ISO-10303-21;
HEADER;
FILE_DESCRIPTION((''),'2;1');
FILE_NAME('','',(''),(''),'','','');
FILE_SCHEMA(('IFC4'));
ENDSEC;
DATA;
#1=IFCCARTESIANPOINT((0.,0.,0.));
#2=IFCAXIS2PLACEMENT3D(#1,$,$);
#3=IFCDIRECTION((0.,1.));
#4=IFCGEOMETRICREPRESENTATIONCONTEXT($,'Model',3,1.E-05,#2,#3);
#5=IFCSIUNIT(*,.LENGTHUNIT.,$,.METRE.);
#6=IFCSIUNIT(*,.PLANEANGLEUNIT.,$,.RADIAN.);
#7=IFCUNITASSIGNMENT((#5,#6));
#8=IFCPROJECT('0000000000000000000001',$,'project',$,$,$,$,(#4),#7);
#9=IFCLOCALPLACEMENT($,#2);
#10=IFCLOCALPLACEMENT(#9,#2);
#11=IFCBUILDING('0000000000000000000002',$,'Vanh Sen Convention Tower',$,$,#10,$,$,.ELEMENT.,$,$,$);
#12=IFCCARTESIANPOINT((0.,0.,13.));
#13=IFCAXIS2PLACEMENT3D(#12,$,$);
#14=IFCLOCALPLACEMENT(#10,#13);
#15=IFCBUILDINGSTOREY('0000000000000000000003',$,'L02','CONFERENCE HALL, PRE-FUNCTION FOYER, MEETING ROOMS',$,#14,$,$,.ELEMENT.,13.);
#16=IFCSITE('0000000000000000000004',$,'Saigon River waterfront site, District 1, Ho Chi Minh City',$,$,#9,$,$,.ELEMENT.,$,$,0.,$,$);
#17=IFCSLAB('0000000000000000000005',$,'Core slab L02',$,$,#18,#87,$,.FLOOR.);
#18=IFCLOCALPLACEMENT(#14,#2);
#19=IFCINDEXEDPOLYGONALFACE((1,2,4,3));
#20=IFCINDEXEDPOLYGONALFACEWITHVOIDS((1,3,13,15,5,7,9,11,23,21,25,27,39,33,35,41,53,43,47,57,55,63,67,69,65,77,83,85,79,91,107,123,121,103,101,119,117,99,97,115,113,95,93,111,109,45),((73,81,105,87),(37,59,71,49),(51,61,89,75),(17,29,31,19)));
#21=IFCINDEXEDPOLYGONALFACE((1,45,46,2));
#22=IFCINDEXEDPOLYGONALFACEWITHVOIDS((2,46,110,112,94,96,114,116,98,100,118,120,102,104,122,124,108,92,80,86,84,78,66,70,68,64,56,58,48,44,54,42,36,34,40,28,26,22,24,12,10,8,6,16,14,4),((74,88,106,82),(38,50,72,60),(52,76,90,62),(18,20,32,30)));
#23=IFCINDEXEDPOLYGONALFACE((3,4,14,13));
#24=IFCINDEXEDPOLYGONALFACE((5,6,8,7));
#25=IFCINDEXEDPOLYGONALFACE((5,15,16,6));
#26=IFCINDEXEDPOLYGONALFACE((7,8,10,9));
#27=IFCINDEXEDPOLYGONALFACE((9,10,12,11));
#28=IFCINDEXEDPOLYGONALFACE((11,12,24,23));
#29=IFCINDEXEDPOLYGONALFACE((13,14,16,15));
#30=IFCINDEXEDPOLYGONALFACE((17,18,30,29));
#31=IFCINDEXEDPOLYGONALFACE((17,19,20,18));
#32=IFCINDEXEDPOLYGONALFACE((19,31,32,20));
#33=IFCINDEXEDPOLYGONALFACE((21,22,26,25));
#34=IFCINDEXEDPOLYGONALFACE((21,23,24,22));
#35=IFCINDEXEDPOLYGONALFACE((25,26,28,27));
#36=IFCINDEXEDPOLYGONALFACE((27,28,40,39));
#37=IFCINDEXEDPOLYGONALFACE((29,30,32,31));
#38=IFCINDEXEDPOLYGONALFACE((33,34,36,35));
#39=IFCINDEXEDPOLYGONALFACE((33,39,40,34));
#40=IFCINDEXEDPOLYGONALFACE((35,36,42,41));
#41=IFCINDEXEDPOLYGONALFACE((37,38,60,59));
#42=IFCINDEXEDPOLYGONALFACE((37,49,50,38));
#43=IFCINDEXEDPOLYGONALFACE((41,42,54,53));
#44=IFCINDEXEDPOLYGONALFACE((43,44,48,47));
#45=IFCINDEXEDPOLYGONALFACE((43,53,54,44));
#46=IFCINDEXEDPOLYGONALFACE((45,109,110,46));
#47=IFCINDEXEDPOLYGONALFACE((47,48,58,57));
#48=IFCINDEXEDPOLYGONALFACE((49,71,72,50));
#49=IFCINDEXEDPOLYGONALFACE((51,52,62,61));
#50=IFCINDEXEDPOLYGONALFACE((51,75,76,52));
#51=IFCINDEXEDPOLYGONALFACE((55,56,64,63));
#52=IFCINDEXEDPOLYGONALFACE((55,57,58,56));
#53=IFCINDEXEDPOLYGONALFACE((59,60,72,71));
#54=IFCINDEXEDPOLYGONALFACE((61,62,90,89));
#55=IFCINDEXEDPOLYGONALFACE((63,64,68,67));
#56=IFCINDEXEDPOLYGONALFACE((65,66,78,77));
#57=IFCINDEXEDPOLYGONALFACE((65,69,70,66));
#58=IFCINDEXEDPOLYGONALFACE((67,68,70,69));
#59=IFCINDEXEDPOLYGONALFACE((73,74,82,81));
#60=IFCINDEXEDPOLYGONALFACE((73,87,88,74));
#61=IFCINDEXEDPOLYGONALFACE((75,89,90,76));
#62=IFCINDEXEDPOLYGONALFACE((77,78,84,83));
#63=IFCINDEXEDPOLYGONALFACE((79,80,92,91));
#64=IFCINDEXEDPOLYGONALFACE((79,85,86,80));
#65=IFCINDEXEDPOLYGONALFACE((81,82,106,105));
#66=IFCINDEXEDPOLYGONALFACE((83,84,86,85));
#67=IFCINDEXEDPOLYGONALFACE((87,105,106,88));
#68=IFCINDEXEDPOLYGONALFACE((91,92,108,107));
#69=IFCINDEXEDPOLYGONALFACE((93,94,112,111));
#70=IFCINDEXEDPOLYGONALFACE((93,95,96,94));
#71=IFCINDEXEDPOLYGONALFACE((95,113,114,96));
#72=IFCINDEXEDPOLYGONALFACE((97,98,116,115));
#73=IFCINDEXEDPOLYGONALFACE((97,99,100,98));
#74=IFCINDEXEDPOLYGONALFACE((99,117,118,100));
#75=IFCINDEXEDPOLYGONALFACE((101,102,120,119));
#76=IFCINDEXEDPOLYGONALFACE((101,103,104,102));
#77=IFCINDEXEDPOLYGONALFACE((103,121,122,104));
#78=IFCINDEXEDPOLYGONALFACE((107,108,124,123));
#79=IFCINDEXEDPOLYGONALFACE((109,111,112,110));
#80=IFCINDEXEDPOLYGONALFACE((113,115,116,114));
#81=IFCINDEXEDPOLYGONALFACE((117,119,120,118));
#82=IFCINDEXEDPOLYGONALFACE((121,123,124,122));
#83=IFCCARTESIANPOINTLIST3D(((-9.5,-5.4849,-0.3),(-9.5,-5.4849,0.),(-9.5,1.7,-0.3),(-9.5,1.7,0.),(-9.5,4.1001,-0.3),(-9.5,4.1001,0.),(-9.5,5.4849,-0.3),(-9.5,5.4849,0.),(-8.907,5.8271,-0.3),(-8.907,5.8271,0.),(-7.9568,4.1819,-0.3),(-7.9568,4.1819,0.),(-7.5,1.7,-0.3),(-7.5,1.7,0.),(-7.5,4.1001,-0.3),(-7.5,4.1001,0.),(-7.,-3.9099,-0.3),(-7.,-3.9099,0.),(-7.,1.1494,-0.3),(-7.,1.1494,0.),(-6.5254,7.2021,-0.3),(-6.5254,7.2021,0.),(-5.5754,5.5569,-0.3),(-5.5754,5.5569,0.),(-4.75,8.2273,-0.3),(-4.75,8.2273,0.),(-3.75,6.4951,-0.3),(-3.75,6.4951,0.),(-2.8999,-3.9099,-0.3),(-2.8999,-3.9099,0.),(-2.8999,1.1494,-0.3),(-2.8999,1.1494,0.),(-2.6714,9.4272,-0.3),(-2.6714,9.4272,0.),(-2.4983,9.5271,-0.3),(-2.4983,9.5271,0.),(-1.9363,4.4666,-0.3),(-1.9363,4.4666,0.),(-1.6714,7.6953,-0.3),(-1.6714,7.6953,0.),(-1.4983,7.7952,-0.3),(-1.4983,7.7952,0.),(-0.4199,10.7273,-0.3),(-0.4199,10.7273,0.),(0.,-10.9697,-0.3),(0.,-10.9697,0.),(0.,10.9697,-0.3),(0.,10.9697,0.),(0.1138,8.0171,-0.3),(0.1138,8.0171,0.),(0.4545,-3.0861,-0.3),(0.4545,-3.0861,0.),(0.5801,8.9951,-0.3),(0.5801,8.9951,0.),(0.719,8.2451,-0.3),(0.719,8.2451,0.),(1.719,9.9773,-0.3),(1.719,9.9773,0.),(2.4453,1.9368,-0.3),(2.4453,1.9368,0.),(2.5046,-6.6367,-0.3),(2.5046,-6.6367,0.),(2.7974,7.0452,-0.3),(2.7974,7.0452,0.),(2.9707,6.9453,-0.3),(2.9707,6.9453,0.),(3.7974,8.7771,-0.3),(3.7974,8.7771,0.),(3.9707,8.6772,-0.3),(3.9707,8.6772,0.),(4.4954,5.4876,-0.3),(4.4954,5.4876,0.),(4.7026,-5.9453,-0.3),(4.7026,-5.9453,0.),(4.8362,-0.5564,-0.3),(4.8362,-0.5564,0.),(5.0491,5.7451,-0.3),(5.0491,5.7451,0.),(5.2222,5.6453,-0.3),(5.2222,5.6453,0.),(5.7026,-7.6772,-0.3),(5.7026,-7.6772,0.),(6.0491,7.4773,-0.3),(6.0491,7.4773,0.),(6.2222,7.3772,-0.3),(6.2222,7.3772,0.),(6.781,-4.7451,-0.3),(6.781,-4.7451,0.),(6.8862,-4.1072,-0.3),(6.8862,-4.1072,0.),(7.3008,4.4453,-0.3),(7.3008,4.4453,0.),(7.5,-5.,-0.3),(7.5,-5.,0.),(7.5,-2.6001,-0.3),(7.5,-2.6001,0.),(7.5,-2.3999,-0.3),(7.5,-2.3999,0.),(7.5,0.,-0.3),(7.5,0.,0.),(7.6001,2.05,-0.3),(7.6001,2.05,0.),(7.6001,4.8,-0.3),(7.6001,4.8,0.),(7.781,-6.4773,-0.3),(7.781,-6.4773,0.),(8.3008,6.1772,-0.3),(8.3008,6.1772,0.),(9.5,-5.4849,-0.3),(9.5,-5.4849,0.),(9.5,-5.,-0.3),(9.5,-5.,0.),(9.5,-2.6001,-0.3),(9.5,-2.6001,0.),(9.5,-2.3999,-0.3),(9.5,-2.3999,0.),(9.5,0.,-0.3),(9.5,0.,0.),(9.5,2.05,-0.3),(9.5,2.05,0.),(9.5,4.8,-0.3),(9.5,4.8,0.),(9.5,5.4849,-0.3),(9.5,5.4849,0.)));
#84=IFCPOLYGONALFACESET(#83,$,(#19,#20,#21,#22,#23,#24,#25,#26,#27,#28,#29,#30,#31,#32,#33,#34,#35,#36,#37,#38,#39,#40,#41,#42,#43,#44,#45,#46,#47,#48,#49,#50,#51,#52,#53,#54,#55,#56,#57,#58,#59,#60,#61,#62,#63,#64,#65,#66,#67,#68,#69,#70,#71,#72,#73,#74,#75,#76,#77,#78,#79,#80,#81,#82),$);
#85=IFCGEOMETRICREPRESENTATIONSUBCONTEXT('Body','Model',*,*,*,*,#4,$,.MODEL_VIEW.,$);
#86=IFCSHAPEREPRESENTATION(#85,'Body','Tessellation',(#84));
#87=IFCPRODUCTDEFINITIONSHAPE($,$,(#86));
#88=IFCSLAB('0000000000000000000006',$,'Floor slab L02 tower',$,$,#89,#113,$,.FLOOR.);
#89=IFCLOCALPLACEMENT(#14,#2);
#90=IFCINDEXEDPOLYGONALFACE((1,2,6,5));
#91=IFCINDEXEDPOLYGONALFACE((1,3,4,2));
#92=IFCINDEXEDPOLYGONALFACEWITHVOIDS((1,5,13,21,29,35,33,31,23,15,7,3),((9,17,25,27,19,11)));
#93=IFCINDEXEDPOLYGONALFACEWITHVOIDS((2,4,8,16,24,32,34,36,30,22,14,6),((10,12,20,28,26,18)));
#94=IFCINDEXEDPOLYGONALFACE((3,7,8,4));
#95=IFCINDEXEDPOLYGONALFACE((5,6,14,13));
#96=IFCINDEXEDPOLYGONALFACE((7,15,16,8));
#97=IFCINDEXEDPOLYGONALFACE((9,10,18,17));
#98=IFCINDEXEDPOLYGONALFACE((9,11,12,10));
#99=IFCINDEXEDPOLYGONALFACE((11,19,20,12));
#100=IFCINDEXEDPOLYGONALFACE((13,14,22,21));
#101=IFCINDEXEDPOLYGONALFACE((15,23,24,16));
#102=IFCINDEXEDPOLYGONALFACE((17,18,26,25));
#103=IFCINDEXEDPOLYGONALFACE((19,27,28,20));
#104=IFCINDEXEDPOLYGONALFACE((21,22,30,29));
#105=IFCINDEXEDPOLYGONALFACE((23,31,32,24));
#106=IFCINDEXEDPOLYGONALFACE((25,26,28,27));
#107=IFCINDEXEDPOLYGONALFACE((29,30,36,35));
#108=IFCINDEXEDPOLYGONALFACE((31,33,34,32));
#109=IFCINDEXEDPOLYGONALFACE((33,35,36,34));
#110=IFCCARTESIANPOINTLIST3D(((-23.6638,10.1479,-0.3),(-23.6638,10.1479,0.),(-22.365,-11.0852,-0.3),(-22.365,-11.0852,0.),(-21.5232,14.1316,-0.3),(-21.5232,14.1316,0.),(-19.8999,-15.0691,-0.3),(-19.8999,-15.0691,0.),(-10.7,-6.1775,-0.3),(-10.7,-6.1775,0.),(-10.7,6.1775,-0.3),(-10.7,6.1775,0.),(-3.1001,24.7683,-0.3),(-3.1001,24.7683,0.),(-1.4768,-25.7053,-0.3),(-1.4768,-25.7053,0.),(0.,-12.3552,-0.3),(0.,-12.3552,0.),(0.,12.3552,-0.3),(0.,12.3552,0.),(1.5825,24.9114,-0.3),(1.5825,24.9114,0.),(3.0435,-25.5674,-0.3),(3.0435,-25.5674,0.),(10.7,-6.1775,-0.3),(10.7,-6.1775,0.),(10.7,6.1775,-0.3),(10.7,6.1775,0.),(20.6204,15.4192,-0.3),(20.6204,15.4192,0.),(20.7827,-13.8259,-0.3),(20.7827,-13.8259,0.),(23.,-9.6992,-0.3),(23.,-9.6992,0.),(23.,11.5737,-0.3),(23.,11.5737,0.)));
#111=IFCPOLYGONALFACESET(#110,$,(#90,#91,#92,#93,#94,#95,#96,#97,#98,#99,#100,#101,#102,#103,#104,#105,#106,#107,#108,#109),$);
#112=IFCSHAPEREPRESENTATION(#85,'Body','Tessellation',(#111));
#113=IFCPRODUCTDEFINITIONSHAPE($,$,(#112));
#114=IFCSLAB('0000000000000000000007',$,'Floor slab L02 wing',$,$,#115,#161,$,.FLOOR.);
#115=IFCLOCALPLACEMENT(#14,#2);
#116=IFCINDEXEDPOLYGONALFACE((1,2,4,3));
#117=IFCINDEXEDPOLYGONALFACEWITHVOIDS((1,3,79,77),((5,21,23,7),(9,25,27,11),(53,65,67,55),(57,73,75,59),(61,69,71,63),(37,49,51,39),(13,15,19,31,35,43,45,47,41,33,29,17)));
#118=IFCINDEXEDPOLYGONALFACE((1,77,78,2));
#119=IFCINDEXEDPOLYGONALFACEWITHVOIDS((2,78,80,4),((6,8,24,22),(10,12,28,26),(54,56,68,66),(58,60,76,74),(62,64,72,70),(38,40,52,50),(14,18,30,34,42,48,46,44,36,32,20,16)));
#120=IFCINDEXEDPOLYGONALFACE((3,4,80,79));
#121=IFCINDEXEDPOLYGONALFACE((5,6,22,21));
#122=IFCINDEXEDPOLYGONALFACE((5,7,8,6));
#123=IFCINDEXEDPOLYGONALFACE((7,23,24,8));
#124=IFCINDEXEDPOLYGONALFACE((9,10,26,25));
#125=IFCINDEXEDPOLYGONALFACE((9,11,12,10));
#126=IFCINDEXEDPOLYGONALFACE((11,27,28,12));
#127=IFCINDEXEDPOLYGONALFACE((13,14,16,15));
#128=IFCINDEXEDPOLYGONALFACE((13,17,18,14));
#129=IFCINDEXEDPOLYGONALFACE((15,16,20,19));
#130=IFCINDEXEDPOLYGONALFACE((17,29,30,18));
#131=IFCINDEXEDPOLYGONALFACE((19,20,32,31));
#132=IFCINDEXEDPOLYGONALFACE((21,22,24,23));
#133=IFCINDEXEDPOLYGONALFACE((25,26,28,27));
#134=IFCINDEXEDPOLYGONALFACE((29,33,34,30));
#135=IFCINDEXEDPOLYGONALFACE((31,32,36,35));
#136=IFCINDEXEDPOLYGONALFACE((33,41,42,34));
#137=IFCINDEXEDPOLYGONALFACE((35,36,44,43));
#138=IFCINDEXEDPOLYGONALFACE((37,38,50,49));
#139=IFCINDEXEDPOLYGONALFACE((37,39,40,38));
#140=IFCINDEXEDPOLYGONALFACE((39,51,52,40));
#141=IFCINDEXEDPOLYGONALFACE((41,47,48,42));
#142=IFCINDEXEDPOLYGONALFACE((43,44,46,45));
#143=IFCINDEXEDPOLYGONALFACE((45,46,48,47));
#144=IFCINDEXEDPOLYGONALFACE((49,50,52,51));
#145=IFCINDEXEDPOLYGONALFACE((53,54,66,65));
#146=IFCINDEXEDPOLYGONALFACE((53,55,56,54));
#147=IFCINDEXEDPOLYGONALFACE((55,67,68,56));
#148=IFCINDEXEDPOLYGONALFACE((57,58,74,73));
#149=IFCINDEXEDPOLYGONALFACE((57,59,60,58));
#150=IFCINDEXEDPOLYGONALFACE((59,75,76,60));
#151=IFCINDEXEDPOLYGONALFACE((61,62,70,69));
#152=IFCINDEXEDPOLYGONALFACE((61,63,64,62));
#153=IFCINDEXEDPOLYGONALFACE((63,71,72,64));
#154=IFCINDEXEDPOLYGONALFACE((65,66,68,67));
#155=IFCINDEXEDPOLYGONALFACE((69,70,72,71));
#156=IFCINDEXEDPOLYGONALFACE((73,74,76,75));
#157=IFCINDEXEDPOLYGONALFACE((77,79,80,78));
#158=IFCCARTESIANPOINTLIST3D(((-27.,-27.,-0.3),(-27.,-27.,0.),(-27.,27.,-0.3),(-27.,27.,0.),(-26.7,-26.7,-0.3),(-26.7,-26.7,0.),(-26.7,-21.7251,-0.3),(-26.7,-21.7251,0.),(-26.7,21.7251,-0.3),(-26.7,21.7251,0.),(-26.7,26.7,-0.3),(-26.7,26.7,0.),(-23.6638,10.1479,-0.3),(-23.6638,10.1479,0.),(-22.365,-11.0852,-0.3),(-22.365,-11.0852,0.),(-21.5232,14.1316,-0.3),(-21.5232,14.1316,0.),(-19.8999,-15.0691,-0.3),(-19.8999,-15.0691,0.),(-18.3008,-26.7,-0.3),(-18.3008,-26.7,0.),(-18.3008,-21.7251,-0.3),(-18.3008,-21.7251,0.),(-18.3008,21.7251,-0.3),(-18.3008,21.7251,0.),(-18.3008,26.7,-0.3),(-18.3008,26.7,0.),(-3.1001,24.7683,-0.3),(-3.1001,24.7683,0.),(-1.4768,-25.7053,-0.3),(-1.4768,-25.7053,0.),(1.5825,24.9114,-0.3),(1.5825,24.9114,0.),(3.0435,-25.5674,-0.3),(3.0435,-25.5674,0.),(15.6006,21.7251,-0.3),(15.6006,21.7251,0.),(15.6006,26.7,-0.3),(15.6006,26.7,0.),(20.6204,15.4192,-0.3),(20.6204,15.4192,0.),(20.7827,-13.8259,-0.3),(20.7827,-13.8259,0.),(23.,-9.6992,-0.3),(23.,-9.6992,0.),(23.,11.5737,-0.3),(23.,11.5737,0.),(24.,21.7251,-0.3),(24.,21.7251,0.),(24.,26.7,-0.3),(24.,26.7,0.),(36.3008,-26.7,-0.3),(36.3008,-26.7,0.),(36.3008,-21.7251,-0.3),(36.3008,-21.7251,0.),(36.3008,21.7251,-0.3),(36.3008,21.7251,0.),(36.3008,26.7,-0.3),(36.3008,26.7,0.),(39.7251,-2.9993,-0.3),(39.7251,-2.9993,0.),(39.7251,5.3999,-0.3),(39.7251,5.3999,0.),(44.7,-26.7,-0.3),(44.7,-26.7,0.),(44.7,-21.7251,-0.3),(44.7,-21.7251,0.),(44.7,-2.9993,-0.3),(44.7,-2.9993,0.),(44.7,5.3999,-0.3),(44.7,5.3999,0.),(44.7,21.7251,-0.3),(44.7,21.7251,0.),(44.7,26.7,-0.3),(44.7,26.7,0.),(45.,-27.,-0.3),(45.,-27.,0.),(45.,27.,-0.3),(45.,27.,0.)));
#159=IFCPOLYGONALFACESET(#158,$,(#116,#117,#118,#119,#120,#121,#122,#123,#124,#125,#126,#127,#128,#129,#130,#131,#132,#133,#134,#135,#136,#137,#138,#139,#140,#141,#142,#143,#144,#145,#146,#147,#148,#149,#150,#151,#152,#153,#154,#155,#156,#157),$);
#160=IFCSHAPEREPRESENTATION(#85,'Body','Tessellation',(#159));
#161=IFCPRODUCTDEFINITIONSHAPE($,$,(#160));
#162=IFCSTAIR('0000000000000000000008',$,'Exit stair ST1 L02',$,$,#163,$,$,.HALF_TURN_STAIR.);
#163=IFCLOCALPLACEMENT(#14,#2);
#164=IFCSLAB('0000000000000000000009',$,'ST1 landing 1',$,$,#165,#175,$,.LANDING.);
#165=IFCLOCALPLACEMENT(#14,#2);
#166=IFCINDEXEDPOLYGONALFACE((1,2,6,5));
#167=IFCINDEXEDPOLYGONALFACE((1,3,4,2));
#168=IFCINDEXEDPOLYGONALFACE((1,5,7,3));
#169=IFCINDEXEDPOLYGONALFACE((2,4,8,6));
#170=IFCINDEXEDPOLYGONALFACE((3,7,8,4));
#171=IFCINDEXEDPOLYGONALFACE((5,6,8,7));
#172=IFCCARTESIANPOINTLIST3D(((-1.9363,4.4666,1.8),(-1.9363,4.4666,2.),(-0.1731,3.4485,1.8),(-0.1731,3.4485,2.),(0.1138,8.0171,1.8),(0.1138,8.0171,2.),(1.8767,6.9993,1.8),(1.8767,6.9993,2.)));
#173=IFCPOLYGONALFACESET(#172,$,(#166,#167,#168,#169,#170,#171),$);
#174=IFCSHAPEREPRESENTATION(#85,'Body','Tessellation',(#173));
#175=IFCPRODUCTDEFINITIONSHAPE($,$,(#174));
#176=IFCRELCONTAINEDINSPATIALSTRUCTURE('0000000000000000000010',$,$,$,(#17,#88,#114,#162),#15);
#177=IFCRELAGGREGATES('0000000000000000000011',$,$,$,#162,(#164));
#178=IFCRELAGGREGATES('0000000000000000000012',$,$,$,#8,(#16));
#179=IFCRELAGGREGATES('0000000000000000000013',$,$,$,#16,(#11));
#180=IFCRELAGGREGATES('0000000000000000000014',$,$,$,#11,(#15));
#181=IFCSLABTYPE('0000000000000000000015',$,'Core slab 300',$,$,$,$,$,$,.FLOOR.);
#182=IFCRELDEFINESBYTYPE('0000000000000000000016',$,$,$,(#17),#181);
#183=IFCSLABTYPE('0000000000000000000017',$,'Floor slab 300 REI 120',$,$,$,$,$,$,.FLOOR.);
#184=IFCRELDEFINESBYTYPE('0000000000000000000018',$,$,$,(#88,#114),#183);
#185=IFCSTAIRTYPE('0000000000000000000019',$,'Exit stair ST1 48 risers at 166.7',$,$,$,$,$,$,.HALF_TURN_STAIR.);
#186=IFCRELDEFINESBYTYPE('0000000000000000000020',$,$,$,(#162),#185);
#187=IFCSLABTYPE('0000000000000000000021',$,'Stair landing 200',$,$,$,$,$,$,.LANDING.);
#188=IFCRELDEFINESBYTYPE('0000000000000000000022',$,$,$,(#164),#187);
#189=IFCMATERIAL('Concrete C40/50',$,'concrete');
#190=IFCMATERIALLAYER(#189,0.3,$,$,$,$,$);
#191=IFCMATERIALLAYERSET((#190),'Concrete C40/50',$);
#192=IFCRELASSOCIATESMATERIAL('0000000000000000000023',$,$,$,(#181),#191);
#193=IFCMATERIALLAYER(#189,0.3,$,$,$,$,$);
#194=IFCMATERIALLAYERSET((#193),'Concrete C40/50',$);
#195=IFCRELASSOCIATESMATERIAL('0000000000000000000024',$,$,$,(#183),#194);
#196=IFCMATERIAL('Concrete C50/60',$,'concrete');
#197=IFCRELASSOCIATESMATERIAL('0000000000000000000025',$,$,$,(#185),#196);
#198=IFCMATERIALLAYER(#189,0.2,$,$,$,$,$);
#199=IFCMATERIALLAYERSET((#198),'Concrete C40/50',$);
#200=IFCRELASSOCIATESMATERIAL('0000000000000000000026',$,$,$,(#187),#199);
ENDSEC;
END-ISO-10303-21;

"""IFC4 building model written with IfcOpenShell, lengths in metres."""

from ifc_helpers import new_model, si_unit, direction, frame, origin, place, context, subcontext, project, spatial, polyline, outline, extrude, material, layer, layer_set, type_object, element, aggregate, save


model = new_model("IFC4")

# Units and contexts
model_context = context("Model", 3, precision=1e-05, world=origin(), true_north=direction((0.0, 1.0)))
body_context = subcontext(model_context, "Body", "Model", "MODEL_VIEW")
ifc_project = project(units=[si_unit("LENGTHUNIT", "METRE"), si_unit("PLANEANGLEUNIT", "RADIAN")], contexts=[model_context])

# Site, building, storey
site_placement = place(None, origin())
site = spatial("IfcSite", under=ifc_project, at=site_placement, Name="Saigon River waterfront site, District 1, Ho Chi Minh City", CompositionType="ELEMENT", RefElevation=0.0)
building_placement = place(site_placement, origin())
building = spatial("IfcBuilding", under=site, at=building_placement, Name="Vanh Sen Convention Tower", CompositionType="ELEMENT")
storey_placement = place(building_placement, frame((0.0, 0.0, 13.0)))
storey = spatial("IfcBuildingStorey", under=building, at=storey_placement, Name="L02", Description="CONFERENCE HALL, PRE-FUNCTION FOYER, MEETING ROOMS", CompositionType="ELEMENT", Elevation=13.0)

# Slabs
ifc_material_1 = material(Name="Concrete C40/50", Category="concrete")
ifc_layer_1 = layer(ifc_material_1, 0.3)
ifc_layer_set_1 = layer_set([ifc_layer_1], Name="Concrete C40/50")
slab_type_1 = type_object("IfcSlabType", Name="Core slab 300", PredefinedType="FLOOR", material=ifc_layer_set_1)
slab_1_placement = place(storey_placement, frame((0.0, 0.0, -0.3)))
element("IfcSlab", 1, at=slab_1_placement, inside=storey, type_object=slab_type_1, Name="Core slab L02", PredefinedType="FLOOR", context=body_context, shape_type="SweptSolid", body=[
    extrude(outline(polyline([(9.5, 5.4849), (9.5, 4.8), (7.6001, 4.8), (7.6001, 2.05), (9.5, 2.05), (9.5, 0.0), (7.5, 0.0), (7.5, -2.3999), (9.5, -2.3999), (9.5, -2.6001), (7.5, -2.6001), (7.5, -5.0), (9.5, -5.0), (9.5, -5.4849), (0.0, -10.9697), (-9.5, -5.4849), (-9.5, 1.7), (-7.5, 1.7), (-7.5, 4.1001), (-9.5, 4.1001), (-9.5, 5.4849), (-8.907, 5.8271), (-7.9568, 4.1819), (-5.5754, 5.5569), (-6.5254, 7.2021), (-4.75, 8.2273), (-3.75, 6.4951), (-1.6714, 7.6953), (-2.6714, 9.4272), (-2.4983, 9.5271), (-1.4983, 7.7952), (0.5801, 8.9951), (-0.4199, 10.7273), (0.0, 10.9697), (1.719, 9.9773), (0.719, 8.2451), (2.7974, 7.0452), (3.7974, 8.7771), (3.9707, 8.6772), (2.9707, 6.9453), (5.0491, 5.7451), (6.0491, 7.4773), (6.2222, 7.3772), (5.2222, 5.6453), (7.3008, 4.4453), (8.3008, 6.1772), (9.5, 5.4849)]), holes=[polyline([(-7.0, 3.1499), (-7.0, -3.9099), (-2.8999, -3.9099), (-2.8999, 3.1499), (-2.8999, 1.1494), (-7.0, 1.1494), (-7.0, 3.1499)]), polyline([(4.4954, 5.4875), (6.228, 4.4873), (0.1138, 8.0171), (-1.9363, 4.4666), (2.4453, 1.9368), (4.4954, 5.4875)]), polyline([(7.781, -6.4773), (6.781, -4.7451), (4.7026, -5.9453), (5.7026, -7.6772), (7.781, -6.4773)]), polyline([(0.4546, -3.0862), (2.5046, -6.6367), (6.8862, -4.1072), (4.8362, -0.5564), (-1.2781, -4.0864), (0.4546, -3.0862)])]), origin(), (0.0, 0.0, 1.0), 0.3),
])
ifc_layer_2 = layer(ifc_material_1, 0.3)
ifc_layer_set_2 = layer_set([ifc_layer_2], Name="Concrete C40/50")
slab_type_2 = type_object("IfcSlabType", Name="Floor slab 300 REI 120", PredefinedType="FLOOR", material=ifc_layer_set_2)
slab_2_placement = place(storey_placement, frame((0.0, 0.0, -0.3)))
element("IfcSlab", 2, at=slab_2_placement, inside=storey, type_object=slab_type_2, Name="Floor slab L02 tower", PredefinedType="FLOOR", context=body_context, shape_type="SweptSolid", body=[
    extrude(outline(polyline([(-23.6638, 10.1479), (-22.365, -11.0852), (-19.8999, -15.0691), (-1.4768, -25.7053), (3.0435, -25.5674), (20.7827, -13.8259), (23.0, -9.6992), (23.0, 11.5737), (20.6204, 15.4192), (1.5825, 24.9114), (-3.1001, 24.7683), (-21.5232, 14.1316), (-23.6638, 10.1479)]), holes=[polyline([(0.0, 12.3552), (-10.7, 6.1775), (-10.7, -6.1775), (0.0, -12.3552), (10.7, -6.1775), (10.7, 6.1775), (0.0, 12.3552)])]), origin(), (0.0, 0.0, 1.0), 0.3),
])
slab_3_placement = place(storey_placement, frame((0.0, 0.0, -0.3)))
element("IfcSlab", 3, at=slab_3_placement, inside=storey, type_object=slab_type_2, Name="Floor slab L02 wing", PredefinedType="FLOOR", context=body_context, shape_type="SweptSolid", body=[
    extrude(outline(polyline([(45.0, 27.0), (-27.0, 27.0), (-27.0, -27.0), (45.0, -27.0), (45.0, 27.0)]), holes=[polyline([(-22.365, -11.0852), (-19.8999, -15.0691), (-1.4768, -25.7053), (3.0435, -25.5674), (20.7827, -13.8259), (23.0, -9.6992), (23.0, 11.5737), (20.6204, 15.4192), (1.5825, 24.9114), (-3.1001, 24.7683), (-21.5232, 14.1316), (-23.6638, 10.1479), (-22.365, -11.0852)]), polyline([(44.7, 26.7), (36.3008, 26.7), (36.3008, 21.7251), (44.7, 21.7251), (44.7, 26.7)]), polyline([(36.3008, -26.7), (44.7, -26.7), (44.7, -21.7251), (36.3008, -21.7251), (36.3008, -26.7)]), polyline([(39.7251, -2.9993), (44.7, -2.9993), (44.7, 5.3999), (39.7251, 5.3999), (39.7251, -2.9993)]), polyline([(15.6006, 26.7), (15.6006, 21.7251), (24.0, 21.7251), (24.0, 26.7), (15.6006, 26.7)]), polyline([(-26.7, 26.7), (-26.7, 21.7251), (-18.3008, 21.7251), (-18.3008, 26.7), (-26.7, 26.7)]), polyline([(-26.7, -21.7251), (-26.7, -26.7), (-18.3008, -26.7), (-18.3008, -21.7251), (-26.7, -21.7251)])]), origin(), (0.0, 0.0, 1.0), 0.3),
])

# Stair, slab
ifc_material_2 = material(Name="Concrete C50/60", Category="concrete")
stair_type_1 = type_object("IfcStairType", Name="Exit stair ST1 48 risers at 166.7", PredefinedType="HALF_TURN_STAIR", material=ifc_material_2)
stair_1_placement = place(storey_placement, origin())
stair_1 = element("IfcStair", 4, at=stair_1_placement, inside=storey, type_object=stair_type_1, Name="Exit stair ST1 L02", PredefinedType="HALF_TURN_STAIR")
ifc_layer_3 = layer(ifc_material_1, 0.2)
ifc_layer_set_3 = layer_set([ifc_layer_3], Name="Concrete C40/50")
slab_type_3 = type_object("IfcSlabType", Name="Stair landing 200", PredefinedType="LANDING", material=ifc_layer_set_3)
slab_4_placement = place(storey_placement, frame((0.0, 0.0, 1.8)))
slab_4 = element("IfcSlab", 5, at=slab_4_placement, type_object=slab_type_3, Name="ST1 landing 1", PredefinedType="LANDING", context=body_context, shape_type="SweptSolid", body=[
    extrude(outline(polyline([(1.8767, 6.9993), (0.1138, 8.0171), (-1.9363, 4.4666), (-0.1731, 3.4485), (1.8767, 6.9993)])), origin(), (0.0, 0.0, 1.0), 0.2),
])
aggregate(stair_1, [slab_4])

save(model, "model.ifc")
